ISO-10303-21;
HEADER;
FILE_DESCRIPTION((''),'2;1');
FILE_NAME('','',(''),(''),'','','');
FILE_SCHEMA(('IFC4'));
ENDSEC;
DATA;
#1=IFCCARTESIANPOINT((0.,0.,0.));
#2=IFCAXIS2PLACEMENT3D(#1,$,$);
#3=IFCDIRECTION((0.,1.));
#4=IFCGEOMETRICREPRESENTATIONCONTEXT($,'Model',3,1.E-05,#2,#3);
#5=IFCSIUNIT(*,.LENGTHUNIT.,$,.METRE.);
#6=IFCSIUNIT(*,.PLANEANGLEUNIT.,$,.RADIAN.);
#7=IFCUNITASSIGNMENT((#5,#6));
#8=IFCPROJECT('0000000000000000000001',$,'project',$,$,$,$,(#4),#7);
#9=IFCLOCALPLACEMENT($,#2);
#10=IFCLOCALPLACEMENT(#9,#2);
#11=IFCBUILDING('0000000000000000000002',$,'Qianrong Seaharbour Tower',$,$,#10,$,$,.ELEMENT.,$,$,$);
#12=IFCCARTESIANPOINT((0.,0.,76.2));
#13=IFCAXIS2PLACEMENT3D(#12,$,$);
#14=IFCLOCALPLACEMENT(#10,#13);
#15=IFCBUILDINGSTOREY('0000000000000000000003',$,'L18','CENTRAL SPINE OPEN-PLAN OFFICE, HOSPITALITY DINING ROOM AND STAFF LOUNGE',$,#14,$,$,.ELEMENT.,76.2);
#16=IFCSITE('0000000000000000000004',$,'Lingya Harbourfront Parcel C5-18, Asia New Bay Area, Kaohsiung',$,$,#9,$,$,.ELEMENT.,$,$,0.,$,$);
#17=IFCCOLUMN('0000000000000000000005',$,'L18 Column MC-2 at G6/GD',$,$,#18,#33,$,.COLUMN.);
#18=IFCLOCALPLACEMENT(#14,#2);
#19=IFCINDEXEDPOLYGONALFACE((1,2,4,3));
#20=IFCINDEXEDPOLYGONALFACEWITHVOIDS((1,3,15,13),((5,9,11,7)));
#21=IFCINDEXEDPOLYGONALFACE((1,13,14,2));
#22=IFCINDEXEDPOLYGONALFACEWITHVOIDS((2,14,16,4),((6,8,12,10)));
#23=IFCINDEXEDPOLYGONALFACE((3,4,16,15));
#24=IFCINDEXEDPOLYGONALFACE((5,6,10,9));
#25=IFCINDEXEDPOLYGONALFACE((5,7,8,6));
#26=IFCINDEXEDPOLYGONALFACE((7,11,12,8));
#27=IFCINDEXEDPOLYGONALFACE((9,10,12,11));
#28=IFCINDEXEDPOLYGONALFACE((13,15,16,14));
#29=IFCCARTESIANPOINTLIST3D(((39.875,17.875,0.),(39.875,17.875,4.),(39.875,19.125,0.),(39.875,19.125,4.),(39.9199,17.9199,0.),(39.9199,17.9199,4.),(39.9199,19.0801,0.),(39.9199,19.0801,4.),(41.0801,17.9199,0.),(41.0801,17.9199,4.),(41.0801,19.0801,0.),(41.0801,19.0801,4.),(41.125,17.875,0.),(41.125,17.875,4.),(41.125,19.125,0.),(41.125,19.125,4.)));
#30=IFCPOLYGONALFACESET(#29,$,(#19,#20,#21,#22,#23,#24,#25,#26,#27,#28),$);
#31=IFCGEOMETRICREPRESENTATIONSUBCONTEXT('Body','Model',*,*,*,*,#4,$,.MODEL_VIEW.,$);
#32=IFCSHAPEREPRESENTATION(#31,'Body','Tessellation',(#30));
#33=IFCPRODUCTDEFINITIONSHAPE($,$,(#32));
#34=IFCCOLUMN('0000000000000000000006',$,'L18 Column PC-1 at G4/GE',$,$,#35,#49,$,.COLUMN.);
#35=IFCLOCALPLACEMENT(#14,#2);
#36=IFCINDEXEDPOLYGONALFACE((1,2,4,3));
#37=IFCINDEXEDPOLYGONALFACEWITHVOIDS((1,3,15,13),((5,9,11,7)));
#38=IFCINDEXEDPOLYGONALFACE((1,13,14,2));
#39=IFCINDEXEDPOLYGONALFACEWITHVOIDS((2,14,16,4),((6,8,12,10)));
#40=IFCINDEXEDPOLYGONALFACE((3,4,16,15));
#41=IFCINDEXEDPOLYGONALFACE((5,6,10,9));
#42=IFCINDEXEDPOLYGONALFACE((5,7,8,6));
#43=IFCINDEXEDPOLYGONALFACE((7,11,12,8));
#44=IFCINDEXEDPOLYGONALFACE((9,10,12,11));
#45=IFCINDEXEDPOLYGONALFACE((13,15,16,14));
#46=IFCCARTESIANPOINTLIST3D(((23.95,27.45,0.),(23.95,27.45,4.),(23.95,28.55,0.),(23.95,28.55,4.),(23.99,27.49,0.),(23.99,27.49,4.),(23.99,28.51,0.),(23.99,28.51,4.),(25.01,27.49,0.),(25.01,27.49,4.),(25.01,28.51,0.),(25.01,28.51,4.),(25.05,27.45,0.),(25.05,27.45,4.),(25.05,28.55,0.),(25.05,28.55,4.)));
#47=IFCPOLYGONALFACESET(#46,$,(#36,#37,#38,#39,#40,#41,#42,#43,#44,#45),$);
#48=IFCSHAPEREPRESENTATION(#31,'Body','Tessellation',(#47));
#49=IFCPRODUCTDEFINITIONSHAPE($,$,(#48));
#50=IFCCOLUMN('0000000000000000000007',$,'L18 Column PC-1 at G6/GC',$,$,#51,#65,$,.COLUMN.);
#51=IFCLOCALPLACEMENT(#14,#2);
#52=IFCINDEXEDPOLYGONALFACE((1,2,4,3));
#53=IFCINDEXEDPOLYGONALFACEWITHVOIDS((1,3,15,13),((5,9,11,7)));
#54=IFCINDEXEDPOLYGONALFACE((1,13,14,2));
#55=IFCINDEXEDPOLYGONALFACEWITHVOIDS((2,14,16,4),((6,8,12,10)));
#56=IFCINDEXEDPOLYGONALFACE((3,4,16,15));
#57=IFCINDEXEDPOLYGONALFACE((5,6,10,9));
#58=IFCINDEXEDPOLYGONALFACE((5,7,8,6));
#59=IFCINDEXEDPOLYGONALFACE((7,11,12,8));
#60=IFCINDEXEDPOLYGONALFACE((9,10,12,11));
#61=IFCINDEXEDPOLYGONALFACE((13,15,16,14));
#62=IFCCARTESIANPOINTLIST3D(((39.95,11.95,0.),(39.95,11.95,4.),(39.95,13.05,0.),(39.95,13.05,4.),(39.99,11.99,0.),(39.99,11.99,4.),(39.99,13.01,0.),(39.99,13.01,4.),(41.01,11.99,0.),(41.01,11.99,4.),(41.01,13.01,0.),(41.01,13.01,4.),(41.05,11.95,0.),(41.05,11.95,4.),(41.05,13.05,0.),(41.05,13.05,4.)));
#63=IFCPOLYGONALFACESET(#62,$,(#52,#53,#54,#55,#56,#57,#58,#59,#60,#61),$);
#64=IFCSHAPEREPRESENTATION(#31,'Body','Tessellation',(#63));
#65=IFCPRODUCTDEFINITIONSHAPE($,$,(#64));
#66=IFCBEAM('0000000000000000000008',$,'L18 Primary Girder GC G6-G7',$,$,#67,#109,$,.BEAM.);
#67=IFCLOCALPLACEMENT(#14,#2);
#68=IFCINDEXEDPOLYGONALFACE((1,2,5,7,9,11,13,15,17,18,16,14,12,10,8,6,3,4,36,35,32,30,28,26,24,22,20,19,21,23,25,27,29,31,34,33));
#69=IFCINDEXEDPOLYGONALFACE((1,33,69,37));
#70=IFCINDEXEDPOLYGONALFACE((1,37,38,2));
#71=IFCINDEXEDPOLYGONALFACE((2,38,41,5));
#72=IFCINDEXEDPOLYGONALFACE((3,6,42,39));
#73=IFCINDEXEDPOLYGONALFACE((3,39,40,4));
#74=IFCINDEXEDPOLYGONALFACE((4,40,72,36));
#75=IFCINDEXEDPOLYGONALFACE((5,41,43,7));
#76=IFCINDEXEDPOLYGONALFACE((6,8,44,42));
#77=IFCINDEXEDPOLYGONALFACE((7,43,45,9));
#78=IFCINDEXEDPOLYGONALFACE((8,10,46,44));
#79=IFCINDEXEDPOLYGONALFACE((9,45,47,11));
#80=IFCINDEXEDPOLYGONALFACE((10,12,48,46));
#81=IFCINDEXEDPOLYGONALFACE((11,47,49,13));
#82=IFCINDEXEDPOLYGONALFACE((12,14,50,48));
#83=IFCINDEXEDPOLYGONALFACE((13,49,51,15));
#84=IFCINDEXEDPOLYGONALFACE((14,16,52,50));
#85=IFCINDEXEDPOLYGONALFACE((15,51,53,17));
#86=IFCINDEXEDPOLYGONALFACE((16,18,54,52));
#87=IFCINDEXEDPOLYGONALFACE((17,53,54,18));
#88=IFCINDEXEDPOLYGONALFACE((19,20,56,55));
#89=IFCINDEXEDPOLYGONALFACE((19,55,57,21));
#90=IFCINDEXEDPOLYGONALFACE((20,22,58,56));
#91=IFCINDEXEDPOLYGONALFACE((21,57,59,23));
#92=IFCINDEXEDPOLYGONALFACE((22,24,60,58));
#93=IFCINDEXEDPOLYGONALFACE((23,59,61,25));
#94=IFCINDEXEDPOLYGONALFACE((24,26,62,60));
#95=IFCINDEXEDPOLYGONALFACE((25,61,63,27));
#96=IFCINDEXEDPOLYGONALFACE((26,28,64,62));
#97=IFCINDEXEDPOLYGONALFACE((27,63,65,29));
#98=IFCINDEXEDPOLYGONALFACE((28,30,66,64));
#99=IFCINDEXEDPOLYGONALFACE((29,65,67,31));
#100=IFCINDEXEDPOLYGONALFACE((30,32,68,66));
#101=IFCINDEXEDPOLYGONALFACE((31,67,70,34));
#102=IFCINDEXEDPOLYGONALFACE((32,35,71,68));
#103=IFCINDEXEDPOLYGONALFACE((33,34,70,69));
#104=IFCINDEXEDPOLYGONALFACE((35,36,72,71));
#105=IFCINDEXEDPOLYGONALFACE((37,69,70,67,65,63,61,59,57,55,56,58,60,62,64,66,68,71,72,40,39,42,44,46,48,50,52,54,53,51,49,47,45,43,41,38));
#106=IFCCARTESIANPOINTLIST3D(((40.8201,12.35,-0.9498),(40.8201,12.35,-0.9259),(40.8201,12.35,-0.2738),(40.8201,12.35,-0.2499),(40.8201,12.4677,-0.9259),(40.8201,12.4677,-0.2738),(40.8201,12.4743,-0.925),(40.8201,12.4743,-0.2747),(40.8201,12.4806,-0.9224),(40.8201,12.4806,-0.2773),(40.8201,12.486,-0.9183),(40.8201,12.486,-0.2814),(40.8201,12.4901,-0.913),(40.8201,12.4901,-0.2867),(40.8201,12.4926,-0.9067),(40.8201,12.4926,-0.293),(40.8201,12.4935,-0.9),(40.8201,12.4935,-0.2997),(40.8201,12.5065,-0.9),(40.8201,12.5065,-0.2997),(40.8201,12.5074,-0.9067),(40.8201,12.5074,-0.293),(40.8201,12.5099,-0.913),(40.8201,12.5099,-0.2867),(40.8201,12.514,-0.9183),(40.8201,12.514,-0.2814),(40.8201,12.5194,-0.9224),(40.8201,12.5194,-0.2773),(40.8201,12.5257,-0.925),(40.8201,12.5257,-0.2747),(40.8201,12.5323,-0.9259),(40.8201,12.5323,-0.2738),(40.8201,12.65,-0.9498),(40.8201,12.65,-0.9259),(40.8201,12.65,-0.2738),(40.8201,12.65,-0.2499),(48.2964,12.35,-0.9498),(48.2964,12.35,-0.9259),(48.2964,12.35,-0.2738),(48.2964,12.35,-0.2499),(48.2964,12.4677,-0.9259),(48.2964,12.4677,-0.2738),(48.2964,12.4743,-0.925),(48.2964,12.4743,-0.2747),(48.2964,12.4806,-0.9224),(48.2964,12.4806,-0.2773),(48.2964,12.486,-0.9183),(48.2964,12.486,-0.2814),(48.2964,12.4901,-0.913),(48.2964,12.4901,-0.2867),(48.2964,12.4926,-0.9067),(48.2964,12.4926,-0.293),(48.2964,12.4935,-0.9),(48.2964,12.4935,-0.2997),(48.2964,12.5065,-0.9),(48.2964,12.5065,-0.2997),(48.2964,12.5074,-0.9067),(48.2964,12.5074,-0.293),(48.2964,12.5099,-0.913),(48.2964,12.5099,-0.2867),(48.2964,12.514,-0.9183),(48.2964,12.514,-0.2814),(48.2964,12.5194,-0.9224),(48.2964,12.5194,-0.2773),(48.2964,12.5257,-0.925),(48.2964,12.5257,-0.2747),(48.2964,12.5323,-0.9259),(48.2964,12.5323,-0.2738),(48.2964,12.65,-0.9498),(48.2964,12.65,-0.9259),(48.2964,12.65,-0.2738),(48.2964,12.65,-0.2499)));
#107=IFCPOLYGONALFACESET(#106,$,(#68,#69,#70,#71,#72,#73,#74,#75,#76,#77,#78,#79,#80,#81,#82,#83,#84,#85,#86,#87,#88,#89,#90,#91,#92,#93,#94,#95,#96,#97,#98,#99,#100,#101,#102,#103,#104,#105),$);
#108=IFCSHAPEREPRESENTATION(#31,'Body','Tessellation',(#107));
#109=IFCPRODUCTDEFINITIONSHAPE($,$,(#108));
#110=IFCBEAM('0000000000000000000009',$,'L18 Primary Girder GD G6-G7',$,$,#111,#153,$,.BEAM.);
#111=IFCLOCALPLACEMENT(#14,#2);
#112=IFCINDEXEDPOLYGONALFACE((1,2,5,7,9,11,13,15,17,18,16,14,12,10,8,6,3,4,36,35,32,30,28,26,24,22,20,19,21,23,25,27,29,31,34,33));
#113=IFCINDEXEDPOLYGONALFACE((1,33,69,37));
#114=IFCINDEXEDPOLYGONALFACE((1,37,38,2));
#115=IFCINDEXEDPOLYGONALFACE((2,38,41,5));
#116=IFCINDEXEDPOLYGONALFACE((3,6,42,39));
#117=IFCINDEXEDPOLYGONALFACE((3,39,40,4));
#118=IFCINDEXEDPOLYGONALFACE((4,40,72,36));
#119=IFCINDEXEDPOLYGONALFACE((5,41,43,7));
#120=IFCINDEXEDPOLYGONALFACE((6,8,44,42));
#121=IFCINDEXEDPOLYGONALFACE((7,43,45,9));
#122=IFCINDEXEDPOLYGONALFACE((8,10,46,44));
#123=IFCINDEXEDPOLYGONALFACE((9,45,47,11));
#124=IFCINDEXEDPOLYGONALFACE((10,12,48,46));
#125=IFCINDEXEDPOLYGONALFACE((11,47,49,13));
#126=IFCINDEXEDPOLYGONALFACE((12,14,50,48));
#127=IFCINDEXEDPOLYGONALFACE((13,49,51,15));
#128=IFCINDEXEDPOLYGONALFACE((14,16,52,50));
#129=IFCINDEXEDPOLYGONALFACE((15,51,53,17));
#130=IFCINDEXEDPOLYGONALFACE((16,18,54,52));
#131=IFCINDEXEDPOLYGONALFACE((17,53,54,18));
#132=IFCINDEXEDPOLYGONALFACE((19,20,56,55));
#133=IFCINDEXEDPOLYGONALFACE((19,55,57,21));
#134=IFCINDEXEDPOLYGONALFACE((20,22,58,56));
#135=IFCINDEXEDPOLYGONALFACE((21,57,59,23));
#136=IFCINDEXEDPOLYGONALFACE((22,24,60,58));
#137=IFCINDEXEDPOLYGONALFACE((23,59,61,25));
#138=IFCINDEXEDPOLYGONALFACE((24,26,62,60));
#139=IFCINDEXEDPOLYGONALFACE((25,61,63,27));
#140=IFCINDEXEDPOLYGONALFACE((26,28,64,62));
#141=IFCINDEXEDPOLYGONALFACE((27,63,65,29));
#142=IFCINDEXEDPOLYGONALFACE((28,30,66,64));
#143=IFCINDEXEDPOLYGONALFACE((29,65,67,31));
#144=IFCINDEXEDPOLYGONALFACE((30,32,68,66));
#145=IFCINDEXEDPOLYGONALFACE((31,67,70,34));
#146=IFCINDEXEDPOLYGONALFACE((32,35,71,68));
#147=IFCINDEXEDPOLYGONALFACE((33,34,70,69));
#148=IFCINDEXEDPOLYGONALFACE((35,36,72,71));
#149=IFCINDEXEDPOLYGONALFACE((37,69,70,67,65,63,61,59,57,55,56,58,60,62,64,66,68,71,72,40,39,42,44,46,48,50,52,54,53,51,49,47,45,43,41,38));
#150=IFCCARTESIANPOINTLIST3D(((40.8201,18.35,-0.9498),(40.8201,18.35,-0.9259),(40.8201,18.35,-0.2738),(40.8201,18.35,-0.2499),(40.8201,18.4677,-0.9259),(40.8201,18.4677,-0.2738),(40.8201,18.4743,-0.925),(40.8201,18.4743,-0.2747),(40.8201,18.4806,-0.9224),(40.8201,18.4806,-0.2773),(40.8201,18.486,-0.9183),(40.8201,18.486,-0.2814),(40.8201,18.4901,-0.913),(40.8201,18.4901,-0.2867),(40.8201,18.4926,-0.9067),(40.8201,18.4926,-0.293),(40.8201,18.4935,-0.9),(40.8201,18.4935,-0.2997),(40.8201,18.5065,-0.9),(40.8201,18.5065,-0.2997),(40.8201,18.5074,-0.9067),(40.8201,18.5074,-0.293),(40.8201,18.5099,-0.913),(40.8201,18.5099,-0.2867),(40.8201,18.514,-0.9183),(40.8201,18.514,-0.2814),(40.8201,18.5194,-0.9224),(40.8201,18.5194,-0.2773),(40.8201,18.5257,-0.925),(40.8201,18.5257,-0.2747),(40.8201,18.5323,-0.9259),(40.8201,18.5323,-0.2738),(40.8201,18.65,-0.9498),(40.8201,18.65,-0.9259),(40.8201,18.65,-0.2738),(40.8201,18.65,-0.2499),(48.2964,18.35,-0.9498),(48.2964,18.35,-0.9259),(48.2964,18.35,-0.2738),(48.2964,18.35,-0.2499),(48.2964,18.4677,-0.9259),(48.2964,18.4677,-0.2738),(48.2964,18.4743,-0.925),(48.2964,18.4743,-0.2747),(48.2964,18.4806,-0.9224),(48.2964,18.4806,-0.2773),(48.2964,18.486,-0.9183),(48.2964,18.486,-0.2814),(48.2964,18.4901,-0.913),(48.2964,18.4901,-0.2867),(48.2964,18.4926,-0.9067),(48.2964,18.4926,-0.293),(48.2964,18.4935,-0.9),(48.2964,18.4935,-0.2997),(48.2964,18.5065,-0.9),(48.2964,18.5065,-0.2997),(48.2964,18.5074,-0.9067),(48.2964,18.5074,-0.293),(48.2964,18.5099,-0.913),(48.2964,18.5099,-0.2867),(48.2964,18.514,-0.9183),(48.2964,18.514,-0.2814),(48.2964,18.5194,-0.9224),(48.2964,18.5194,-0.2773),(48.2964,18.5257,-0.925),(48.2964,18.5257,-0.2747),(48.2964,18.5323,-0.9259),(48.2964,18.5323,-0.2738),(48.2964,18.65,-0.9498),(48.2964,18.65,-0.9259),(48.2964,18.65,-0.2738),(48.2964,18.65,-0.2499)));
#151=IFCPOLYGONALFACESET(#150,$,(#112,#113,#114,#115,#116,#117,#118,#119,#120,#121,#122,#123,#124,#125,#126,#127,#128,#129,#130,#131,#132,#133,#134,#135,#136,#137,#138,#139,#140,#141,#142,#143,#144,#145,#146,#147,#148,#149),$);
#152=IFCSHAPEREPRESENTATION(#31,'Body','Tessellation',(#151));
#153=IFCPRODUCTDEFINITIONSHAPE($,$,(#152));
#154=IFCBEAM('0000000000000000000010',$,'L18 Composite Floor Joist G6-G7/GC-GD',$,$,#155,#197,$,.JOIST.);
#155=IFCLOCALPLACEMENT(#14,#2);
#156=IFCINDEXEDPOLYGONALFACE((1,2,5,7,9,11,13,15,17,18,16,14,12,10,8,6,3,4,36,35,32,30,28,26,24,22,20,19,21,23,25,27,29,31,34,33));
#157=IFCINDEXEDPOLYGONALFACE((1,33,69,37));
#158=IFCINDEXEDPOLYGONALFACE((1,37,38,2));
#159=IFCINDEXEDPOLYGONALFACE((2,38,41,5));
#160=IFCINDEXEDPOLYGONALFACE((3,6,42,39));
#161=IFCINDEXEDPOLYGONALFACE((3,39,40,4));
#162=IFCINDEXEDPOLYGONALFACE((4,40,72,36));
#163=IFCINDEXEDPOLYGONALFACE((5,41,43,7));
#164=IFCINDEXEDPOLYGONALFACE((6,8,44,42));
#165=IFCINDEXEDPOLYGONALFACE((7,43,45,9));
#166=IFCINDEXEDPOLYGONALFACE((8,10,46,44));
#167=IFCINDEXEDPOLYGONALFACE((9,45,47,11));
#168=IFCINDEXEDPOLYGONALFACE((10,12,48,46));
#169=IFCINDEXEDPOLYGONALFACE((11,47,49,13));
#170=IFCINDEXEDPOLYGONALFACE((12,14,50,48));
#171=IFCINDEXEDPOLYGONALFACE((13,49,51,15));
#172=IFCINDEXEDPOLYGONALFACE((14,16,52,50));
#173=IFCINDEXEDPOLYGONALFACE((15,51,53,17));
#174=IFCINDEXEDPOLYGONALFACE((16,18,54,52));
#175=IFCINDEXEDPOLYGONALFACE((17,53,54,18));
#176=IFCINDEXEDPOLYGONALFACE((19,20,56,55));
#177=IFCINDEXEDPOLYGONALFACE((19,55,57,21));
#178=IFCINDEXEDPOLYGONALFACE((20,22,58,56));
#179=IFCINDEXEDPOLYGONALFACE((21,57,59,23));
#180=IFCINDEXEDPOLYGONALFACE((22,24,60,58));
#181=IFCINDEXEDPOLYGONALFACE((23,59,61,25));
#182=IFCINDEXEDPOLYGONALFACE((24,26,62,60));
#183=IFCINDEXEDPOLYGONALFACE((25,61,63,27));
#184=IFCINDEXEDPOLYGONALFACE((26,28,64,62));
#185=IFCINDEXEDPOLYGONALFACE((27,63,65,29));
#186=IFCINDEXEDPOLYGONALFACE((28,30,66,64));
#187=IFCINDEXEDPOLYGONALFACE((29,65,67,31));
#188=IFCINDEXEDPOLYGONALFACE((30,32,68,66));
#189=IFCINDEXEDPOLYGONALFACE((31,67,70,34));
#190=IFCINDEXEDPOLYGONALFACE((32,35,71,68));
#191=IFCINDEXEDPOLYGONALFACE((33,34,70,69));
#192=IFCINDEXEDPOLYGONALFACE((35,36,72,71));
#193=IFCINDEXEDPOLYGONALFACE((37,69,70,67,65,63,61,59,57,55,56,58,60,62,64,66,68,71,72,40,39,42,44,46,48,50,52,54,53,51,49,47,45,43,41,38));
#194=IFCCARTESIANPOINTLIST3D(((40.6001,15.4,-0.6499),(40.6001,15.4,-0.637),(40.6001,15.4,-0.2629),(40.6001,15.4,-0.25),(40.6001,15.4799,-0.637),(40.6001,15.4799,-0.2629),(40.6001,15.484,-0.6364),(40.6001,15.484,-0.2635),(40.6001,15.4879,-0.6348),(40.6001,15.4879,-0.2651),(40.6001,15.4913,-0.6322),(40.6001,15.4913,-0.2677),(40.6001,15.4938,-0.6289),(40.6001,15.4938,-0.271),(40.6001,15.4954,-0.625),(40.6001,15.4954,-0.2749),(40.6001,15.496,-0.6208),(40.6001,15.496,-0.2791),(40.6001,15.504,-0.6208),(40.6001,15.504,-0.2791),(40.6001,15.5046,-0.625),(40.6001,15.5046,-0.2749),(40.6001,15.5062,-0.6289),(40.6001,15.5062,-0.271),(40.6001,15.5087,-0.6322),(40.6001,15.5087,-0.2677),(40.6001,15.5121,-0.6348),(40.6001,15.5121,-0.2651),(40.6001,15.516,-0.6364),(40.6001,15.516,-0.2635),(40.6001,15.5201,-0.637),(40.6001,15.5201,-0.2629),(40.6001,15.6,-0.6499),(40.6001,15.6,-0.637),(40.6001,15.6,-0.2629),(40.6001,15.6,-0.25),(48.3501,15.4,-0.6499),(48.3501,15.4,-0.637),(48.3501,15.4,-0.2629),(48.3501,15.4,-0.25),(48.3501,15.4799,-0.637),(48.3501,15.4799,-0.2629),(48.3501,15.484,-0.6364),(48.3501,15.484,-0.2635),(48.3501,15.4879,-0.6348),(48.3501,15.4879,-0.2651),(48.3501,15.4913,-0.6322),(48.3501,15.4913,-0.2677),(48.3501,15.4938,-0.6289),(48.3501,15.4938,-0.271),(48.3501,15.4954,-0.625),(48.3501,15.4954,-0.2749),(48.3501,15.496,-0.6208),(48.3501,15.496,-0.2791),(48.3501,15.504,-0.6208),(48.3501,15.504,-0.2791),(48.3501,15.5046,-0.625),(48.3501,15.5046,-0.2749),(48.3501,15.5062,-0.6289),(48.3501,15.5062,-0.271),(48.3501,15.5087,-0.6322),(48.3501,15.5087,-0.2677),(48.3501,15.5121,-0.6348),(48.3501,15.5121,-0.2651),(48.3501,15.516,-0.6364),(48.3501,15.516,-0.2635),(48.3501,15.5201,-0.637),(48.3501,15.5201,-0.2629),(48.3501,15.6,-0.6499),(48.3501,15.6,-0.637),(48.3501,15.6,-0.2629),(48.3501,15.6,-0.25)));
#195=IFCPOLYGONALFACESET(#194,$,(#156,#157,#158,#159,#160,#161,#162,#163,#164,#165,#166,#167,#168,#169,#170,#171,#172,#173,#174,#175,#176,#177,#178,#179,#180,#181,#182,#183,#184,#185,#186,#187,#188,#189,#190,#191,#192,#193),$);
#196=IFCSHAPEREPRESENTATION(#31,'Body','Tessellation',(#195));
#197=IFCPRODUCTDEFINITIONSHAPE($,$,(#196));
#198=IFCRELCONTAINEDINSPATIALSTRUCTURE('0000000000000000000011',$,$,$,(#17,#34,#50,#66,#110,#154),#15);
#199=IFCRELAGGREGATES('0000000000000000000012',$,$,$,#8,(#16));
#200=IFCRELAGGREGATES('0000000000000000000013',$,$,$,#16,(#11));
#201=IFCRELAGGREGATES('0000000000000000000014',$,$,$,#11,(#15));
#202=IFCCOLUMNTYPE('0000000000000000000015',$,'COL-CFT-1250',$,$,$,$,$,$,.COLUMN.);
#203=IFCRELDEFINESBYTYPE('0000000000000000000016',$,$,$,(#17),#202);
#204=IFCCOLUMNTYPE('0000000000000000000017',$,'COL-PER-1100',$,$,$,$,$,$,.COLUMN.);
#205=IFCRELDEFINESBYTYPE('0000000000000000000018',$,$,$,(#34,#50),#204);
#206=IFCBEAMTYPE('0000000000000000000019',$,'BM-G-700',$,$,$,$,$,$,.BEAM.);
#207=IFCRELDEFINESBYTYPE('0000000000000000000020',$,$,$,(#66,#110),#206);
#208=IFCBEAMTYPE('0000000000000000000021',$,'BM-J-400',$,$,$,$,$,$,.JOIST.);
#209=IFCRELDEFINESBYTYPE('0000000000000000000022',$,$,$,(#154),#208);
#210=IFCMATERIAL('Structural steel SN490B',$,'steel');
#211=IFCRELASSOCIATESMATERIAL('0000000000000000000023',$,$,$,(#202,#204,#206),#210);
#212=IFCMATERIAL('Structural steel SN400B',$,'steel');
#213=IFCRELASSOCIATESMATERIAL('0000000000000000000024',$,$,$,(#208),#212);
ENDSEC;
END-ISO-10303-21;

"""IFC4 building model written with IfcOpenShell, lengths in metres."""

from ifc_helpers import new_model, si_unit, direction, frame, origin, origin_2d, place, context, subcontext, project, spatial, hollow_rectangle, i_section, extrude, material, material_profile, profile_set, type_object, element, save


model = new_model("IFC4")

# Units and contexts
model_context = context("Model", 3, precision=1e-05, world=origin(), true_north=direction((0.0, 1.0)))
body_context = subcontext(model_context, "Body", "Model", "MODEL_VIEW")
ifc_project = project(units=[si_unit("LENGTHUNIT", "METRE"), si_unit("PLANEANGLEUNIT", "RADIAN")], contexts=[model_context])

# Site, building, storey
site_placement = place(None, origin())
site = spatial("IfcSite", under=ifc_project, at=site_placement, Name="Lingya Harbourfront Parcel C5-18, Asia New Bay Area, Kaohsiung", CompositionType="ELEMENT", RefElevation=0.0)
building_placement = place(site_placement, origin())
building = spatial("IfcBuilding", under=site, at=building_placement, Name="Qianrong Seaharbour Tower", CompositionType="ELEMENT")
storey_placement = place(building_placement, frame((0.0, 0.0, 76.2)))
storey = spatial("IfcBuildingStorey", under=building, at=storey_placement, Name="L18", Description="CENTRAL SPINE OPEN-PLAN OFFICE, HOSPITALITY DINING ROOM AND STAFF LOUNGE", CompositionType="ELEMENT", Elevation=76.2)

# Columns
ifc_material_1 = material(Name="Structural steel SN490B", Category="steel")
ifc_material_profile_1 = material_profile(ifc_material_1, hollow_rectangle(XDim=1.25, YDim=1.25, WallThickness=0.0449, at=origin_2d()), Name="BOX1250x1250x45")
ifc_profile_set_1 = profile_set([ifc_material_profile_1], Name="Structural steel SN490B")
column_type_1 = type_object("IfcColumnType", Name="COL-CFT-1250", PredefinedType="COLUMN", material=ifc_profile_set_1)
column_placement = place(storey_placement, frame((40.5, 18.5, 0.0), z_axis=(0.0, 0.0, 1.0), x_axis=(1.0, 0.0, 0.0)))
element("IfcColumn", 1, at=column_placement, inside=storey, type_object=column_type_1, Name="L18 Column MC-2 at G6/GD", PredefinedType="COLUMN", context=body_context, shape_type="SweptSolid", body=[
    extrude(hollow_rectangle(XDim=1.25, YDim=1.25, WallThickness=0.0449, at=origin_2d()), origin(), (0.0, 0.0, 1.0), 4.0),
])
ifc_material_profile_2 = material_profile(ifc_material_1, hollow_rectangle(XDim=1.1001, YDim=1.1001, WallThickness=0.04, at=origin_2d()), Name="BOX1100x1100x40")
ifc_profile_set_2 = profile_set([ifc_material_profile_2], Name="Structural steel SN490B")
column_type_2 = type_object("IfcColumnType", Name="COL-PER-1100", PredefinedType="COLUMN", material=ifc_profile_set_2)
for number, where, z_axis, x_axis, name in (
    (2, (24.5, 28.0, 0.0), (0.0, 0.0, 1.0), (1.0, 0.0, 0.0), "L18 Column PC-1 at G4/GE"),
    (3, (40.5, 12.5, 0.0), (0.0, 0.0, 1.0), (1.0, 0.0, 0.0), "L18 Column PC-1 at G6/GC"),
):
    element("IfcColumn", number, at=place(storey_placement, frame(where, z_axis=z_axis, x_axis=x_axis)), inside=storey, type_object=column_type_2, Name=name, PredefinedType="COLUMN", context=body_context, shape_type="SweptSolid", body=[
        extrude(hollow_rectangle(XDim=1.1001, YDim=1.1001, WallThickness=0.04, at=origin_2d()), origin(), (0.0, 0.0, 1.0), 4.0),
    ])

# Beams
ifc_material_profile_3 = material_profile(ifc_material_1, i_section(OverallWidth=0.3, OverallDepth=0.7, WebThickness=0.0129, FlangeThickness=0.0239, FilletRadius=0.0259, at=origin_2d()), Name="H700x300x13x24")
ifc_profile_set_3 = profile_set([ifc_material_profile_3], Name="Structural steel SN490B")
beam_type_1 = type_object("IfcBeamType", Name="BM-G-700", PredefinedType="BEAM", material=ifc_profile_set_3)
for number, where, z_axis, x_axis, name in (
    (4, (40.8201, 12.5, -0.5999), (1.0, 0.0, 0.0), (0.0, 1.0, 0.0), "L18 Primary Girder GC G6-G7"),
    (5, (40.8201, 18.5, -0.5999), (1.0, 0.0, 0.0), (0.0, 1.0, 0.0), "L18 Primary Girder GD G6-G7"),
):
    element("IfcBeam", number, at=place(storey_placement, frame(where, z_axis=z_axis, x_axis=x_axis)), inside=storey, type_object=beam_type_1, Name=name, PredefinedType="BEAM", context=body_context, shape_type="SweptSolid", body=[
        extrude(i_section(OverallWidth=0.3, OverallDepth=0.7, WebThickness=0.0129, FlangeThickness=0.0239, FilletRadius=0.0259, at=origin_2d()), origin(), (0.0, 0.0, 1.0), 7.4763),
    ])
ifc_material_2 = material(Name="Structural steel SN400B", Category="steel")
ifc_material_profile_4 = material_profile(ifc_material_2, i_section(OverallWidth=0.2, OverallDepth=0.3999, WebThickness=0.0081, FlangeThickness=0.0129, FilletRadius=0.0161, at=origin_2d()), Name="H400x200x8x13")
ifc_profile_set_4 = profile_set([ifc_material_profile_4], Name="Structural steel SN400B")
beam_type_2 = type_object("IfcBeamType", Name="BM-J-400", PredefinedType="JOIST", material=ifc_profile_set_4)
for number, where, z_axis, x_axis, name in (
    (6, (40.6001, 15.5, -0.45), (1.0, 0.0, 0.0), (0.0, 1.0, 0.0), "L18 Composite Floor Joist G6-G7/GC-GD"),
):
    element("IfcBeam", number, at=place(storey_placement, frame(where, z_axis=z_axis, x_axis=x_axis)), inside=storey, type_object=beam_type_2, Name=name, PredefinedType="JOIST", context=body_context, shape_type="SweptSolid", body=[
        extrude(i_section(OverallWidth=0.2, OverallDepth=0.3999, WebThickness=0.0081, FlangeThickness=0.0129, FilletRadius=0.0161, at=origin_2d()), origin(), (0.0, 0.0, 1.0), 7.75),
    ])

save(model, "model.ifc")
